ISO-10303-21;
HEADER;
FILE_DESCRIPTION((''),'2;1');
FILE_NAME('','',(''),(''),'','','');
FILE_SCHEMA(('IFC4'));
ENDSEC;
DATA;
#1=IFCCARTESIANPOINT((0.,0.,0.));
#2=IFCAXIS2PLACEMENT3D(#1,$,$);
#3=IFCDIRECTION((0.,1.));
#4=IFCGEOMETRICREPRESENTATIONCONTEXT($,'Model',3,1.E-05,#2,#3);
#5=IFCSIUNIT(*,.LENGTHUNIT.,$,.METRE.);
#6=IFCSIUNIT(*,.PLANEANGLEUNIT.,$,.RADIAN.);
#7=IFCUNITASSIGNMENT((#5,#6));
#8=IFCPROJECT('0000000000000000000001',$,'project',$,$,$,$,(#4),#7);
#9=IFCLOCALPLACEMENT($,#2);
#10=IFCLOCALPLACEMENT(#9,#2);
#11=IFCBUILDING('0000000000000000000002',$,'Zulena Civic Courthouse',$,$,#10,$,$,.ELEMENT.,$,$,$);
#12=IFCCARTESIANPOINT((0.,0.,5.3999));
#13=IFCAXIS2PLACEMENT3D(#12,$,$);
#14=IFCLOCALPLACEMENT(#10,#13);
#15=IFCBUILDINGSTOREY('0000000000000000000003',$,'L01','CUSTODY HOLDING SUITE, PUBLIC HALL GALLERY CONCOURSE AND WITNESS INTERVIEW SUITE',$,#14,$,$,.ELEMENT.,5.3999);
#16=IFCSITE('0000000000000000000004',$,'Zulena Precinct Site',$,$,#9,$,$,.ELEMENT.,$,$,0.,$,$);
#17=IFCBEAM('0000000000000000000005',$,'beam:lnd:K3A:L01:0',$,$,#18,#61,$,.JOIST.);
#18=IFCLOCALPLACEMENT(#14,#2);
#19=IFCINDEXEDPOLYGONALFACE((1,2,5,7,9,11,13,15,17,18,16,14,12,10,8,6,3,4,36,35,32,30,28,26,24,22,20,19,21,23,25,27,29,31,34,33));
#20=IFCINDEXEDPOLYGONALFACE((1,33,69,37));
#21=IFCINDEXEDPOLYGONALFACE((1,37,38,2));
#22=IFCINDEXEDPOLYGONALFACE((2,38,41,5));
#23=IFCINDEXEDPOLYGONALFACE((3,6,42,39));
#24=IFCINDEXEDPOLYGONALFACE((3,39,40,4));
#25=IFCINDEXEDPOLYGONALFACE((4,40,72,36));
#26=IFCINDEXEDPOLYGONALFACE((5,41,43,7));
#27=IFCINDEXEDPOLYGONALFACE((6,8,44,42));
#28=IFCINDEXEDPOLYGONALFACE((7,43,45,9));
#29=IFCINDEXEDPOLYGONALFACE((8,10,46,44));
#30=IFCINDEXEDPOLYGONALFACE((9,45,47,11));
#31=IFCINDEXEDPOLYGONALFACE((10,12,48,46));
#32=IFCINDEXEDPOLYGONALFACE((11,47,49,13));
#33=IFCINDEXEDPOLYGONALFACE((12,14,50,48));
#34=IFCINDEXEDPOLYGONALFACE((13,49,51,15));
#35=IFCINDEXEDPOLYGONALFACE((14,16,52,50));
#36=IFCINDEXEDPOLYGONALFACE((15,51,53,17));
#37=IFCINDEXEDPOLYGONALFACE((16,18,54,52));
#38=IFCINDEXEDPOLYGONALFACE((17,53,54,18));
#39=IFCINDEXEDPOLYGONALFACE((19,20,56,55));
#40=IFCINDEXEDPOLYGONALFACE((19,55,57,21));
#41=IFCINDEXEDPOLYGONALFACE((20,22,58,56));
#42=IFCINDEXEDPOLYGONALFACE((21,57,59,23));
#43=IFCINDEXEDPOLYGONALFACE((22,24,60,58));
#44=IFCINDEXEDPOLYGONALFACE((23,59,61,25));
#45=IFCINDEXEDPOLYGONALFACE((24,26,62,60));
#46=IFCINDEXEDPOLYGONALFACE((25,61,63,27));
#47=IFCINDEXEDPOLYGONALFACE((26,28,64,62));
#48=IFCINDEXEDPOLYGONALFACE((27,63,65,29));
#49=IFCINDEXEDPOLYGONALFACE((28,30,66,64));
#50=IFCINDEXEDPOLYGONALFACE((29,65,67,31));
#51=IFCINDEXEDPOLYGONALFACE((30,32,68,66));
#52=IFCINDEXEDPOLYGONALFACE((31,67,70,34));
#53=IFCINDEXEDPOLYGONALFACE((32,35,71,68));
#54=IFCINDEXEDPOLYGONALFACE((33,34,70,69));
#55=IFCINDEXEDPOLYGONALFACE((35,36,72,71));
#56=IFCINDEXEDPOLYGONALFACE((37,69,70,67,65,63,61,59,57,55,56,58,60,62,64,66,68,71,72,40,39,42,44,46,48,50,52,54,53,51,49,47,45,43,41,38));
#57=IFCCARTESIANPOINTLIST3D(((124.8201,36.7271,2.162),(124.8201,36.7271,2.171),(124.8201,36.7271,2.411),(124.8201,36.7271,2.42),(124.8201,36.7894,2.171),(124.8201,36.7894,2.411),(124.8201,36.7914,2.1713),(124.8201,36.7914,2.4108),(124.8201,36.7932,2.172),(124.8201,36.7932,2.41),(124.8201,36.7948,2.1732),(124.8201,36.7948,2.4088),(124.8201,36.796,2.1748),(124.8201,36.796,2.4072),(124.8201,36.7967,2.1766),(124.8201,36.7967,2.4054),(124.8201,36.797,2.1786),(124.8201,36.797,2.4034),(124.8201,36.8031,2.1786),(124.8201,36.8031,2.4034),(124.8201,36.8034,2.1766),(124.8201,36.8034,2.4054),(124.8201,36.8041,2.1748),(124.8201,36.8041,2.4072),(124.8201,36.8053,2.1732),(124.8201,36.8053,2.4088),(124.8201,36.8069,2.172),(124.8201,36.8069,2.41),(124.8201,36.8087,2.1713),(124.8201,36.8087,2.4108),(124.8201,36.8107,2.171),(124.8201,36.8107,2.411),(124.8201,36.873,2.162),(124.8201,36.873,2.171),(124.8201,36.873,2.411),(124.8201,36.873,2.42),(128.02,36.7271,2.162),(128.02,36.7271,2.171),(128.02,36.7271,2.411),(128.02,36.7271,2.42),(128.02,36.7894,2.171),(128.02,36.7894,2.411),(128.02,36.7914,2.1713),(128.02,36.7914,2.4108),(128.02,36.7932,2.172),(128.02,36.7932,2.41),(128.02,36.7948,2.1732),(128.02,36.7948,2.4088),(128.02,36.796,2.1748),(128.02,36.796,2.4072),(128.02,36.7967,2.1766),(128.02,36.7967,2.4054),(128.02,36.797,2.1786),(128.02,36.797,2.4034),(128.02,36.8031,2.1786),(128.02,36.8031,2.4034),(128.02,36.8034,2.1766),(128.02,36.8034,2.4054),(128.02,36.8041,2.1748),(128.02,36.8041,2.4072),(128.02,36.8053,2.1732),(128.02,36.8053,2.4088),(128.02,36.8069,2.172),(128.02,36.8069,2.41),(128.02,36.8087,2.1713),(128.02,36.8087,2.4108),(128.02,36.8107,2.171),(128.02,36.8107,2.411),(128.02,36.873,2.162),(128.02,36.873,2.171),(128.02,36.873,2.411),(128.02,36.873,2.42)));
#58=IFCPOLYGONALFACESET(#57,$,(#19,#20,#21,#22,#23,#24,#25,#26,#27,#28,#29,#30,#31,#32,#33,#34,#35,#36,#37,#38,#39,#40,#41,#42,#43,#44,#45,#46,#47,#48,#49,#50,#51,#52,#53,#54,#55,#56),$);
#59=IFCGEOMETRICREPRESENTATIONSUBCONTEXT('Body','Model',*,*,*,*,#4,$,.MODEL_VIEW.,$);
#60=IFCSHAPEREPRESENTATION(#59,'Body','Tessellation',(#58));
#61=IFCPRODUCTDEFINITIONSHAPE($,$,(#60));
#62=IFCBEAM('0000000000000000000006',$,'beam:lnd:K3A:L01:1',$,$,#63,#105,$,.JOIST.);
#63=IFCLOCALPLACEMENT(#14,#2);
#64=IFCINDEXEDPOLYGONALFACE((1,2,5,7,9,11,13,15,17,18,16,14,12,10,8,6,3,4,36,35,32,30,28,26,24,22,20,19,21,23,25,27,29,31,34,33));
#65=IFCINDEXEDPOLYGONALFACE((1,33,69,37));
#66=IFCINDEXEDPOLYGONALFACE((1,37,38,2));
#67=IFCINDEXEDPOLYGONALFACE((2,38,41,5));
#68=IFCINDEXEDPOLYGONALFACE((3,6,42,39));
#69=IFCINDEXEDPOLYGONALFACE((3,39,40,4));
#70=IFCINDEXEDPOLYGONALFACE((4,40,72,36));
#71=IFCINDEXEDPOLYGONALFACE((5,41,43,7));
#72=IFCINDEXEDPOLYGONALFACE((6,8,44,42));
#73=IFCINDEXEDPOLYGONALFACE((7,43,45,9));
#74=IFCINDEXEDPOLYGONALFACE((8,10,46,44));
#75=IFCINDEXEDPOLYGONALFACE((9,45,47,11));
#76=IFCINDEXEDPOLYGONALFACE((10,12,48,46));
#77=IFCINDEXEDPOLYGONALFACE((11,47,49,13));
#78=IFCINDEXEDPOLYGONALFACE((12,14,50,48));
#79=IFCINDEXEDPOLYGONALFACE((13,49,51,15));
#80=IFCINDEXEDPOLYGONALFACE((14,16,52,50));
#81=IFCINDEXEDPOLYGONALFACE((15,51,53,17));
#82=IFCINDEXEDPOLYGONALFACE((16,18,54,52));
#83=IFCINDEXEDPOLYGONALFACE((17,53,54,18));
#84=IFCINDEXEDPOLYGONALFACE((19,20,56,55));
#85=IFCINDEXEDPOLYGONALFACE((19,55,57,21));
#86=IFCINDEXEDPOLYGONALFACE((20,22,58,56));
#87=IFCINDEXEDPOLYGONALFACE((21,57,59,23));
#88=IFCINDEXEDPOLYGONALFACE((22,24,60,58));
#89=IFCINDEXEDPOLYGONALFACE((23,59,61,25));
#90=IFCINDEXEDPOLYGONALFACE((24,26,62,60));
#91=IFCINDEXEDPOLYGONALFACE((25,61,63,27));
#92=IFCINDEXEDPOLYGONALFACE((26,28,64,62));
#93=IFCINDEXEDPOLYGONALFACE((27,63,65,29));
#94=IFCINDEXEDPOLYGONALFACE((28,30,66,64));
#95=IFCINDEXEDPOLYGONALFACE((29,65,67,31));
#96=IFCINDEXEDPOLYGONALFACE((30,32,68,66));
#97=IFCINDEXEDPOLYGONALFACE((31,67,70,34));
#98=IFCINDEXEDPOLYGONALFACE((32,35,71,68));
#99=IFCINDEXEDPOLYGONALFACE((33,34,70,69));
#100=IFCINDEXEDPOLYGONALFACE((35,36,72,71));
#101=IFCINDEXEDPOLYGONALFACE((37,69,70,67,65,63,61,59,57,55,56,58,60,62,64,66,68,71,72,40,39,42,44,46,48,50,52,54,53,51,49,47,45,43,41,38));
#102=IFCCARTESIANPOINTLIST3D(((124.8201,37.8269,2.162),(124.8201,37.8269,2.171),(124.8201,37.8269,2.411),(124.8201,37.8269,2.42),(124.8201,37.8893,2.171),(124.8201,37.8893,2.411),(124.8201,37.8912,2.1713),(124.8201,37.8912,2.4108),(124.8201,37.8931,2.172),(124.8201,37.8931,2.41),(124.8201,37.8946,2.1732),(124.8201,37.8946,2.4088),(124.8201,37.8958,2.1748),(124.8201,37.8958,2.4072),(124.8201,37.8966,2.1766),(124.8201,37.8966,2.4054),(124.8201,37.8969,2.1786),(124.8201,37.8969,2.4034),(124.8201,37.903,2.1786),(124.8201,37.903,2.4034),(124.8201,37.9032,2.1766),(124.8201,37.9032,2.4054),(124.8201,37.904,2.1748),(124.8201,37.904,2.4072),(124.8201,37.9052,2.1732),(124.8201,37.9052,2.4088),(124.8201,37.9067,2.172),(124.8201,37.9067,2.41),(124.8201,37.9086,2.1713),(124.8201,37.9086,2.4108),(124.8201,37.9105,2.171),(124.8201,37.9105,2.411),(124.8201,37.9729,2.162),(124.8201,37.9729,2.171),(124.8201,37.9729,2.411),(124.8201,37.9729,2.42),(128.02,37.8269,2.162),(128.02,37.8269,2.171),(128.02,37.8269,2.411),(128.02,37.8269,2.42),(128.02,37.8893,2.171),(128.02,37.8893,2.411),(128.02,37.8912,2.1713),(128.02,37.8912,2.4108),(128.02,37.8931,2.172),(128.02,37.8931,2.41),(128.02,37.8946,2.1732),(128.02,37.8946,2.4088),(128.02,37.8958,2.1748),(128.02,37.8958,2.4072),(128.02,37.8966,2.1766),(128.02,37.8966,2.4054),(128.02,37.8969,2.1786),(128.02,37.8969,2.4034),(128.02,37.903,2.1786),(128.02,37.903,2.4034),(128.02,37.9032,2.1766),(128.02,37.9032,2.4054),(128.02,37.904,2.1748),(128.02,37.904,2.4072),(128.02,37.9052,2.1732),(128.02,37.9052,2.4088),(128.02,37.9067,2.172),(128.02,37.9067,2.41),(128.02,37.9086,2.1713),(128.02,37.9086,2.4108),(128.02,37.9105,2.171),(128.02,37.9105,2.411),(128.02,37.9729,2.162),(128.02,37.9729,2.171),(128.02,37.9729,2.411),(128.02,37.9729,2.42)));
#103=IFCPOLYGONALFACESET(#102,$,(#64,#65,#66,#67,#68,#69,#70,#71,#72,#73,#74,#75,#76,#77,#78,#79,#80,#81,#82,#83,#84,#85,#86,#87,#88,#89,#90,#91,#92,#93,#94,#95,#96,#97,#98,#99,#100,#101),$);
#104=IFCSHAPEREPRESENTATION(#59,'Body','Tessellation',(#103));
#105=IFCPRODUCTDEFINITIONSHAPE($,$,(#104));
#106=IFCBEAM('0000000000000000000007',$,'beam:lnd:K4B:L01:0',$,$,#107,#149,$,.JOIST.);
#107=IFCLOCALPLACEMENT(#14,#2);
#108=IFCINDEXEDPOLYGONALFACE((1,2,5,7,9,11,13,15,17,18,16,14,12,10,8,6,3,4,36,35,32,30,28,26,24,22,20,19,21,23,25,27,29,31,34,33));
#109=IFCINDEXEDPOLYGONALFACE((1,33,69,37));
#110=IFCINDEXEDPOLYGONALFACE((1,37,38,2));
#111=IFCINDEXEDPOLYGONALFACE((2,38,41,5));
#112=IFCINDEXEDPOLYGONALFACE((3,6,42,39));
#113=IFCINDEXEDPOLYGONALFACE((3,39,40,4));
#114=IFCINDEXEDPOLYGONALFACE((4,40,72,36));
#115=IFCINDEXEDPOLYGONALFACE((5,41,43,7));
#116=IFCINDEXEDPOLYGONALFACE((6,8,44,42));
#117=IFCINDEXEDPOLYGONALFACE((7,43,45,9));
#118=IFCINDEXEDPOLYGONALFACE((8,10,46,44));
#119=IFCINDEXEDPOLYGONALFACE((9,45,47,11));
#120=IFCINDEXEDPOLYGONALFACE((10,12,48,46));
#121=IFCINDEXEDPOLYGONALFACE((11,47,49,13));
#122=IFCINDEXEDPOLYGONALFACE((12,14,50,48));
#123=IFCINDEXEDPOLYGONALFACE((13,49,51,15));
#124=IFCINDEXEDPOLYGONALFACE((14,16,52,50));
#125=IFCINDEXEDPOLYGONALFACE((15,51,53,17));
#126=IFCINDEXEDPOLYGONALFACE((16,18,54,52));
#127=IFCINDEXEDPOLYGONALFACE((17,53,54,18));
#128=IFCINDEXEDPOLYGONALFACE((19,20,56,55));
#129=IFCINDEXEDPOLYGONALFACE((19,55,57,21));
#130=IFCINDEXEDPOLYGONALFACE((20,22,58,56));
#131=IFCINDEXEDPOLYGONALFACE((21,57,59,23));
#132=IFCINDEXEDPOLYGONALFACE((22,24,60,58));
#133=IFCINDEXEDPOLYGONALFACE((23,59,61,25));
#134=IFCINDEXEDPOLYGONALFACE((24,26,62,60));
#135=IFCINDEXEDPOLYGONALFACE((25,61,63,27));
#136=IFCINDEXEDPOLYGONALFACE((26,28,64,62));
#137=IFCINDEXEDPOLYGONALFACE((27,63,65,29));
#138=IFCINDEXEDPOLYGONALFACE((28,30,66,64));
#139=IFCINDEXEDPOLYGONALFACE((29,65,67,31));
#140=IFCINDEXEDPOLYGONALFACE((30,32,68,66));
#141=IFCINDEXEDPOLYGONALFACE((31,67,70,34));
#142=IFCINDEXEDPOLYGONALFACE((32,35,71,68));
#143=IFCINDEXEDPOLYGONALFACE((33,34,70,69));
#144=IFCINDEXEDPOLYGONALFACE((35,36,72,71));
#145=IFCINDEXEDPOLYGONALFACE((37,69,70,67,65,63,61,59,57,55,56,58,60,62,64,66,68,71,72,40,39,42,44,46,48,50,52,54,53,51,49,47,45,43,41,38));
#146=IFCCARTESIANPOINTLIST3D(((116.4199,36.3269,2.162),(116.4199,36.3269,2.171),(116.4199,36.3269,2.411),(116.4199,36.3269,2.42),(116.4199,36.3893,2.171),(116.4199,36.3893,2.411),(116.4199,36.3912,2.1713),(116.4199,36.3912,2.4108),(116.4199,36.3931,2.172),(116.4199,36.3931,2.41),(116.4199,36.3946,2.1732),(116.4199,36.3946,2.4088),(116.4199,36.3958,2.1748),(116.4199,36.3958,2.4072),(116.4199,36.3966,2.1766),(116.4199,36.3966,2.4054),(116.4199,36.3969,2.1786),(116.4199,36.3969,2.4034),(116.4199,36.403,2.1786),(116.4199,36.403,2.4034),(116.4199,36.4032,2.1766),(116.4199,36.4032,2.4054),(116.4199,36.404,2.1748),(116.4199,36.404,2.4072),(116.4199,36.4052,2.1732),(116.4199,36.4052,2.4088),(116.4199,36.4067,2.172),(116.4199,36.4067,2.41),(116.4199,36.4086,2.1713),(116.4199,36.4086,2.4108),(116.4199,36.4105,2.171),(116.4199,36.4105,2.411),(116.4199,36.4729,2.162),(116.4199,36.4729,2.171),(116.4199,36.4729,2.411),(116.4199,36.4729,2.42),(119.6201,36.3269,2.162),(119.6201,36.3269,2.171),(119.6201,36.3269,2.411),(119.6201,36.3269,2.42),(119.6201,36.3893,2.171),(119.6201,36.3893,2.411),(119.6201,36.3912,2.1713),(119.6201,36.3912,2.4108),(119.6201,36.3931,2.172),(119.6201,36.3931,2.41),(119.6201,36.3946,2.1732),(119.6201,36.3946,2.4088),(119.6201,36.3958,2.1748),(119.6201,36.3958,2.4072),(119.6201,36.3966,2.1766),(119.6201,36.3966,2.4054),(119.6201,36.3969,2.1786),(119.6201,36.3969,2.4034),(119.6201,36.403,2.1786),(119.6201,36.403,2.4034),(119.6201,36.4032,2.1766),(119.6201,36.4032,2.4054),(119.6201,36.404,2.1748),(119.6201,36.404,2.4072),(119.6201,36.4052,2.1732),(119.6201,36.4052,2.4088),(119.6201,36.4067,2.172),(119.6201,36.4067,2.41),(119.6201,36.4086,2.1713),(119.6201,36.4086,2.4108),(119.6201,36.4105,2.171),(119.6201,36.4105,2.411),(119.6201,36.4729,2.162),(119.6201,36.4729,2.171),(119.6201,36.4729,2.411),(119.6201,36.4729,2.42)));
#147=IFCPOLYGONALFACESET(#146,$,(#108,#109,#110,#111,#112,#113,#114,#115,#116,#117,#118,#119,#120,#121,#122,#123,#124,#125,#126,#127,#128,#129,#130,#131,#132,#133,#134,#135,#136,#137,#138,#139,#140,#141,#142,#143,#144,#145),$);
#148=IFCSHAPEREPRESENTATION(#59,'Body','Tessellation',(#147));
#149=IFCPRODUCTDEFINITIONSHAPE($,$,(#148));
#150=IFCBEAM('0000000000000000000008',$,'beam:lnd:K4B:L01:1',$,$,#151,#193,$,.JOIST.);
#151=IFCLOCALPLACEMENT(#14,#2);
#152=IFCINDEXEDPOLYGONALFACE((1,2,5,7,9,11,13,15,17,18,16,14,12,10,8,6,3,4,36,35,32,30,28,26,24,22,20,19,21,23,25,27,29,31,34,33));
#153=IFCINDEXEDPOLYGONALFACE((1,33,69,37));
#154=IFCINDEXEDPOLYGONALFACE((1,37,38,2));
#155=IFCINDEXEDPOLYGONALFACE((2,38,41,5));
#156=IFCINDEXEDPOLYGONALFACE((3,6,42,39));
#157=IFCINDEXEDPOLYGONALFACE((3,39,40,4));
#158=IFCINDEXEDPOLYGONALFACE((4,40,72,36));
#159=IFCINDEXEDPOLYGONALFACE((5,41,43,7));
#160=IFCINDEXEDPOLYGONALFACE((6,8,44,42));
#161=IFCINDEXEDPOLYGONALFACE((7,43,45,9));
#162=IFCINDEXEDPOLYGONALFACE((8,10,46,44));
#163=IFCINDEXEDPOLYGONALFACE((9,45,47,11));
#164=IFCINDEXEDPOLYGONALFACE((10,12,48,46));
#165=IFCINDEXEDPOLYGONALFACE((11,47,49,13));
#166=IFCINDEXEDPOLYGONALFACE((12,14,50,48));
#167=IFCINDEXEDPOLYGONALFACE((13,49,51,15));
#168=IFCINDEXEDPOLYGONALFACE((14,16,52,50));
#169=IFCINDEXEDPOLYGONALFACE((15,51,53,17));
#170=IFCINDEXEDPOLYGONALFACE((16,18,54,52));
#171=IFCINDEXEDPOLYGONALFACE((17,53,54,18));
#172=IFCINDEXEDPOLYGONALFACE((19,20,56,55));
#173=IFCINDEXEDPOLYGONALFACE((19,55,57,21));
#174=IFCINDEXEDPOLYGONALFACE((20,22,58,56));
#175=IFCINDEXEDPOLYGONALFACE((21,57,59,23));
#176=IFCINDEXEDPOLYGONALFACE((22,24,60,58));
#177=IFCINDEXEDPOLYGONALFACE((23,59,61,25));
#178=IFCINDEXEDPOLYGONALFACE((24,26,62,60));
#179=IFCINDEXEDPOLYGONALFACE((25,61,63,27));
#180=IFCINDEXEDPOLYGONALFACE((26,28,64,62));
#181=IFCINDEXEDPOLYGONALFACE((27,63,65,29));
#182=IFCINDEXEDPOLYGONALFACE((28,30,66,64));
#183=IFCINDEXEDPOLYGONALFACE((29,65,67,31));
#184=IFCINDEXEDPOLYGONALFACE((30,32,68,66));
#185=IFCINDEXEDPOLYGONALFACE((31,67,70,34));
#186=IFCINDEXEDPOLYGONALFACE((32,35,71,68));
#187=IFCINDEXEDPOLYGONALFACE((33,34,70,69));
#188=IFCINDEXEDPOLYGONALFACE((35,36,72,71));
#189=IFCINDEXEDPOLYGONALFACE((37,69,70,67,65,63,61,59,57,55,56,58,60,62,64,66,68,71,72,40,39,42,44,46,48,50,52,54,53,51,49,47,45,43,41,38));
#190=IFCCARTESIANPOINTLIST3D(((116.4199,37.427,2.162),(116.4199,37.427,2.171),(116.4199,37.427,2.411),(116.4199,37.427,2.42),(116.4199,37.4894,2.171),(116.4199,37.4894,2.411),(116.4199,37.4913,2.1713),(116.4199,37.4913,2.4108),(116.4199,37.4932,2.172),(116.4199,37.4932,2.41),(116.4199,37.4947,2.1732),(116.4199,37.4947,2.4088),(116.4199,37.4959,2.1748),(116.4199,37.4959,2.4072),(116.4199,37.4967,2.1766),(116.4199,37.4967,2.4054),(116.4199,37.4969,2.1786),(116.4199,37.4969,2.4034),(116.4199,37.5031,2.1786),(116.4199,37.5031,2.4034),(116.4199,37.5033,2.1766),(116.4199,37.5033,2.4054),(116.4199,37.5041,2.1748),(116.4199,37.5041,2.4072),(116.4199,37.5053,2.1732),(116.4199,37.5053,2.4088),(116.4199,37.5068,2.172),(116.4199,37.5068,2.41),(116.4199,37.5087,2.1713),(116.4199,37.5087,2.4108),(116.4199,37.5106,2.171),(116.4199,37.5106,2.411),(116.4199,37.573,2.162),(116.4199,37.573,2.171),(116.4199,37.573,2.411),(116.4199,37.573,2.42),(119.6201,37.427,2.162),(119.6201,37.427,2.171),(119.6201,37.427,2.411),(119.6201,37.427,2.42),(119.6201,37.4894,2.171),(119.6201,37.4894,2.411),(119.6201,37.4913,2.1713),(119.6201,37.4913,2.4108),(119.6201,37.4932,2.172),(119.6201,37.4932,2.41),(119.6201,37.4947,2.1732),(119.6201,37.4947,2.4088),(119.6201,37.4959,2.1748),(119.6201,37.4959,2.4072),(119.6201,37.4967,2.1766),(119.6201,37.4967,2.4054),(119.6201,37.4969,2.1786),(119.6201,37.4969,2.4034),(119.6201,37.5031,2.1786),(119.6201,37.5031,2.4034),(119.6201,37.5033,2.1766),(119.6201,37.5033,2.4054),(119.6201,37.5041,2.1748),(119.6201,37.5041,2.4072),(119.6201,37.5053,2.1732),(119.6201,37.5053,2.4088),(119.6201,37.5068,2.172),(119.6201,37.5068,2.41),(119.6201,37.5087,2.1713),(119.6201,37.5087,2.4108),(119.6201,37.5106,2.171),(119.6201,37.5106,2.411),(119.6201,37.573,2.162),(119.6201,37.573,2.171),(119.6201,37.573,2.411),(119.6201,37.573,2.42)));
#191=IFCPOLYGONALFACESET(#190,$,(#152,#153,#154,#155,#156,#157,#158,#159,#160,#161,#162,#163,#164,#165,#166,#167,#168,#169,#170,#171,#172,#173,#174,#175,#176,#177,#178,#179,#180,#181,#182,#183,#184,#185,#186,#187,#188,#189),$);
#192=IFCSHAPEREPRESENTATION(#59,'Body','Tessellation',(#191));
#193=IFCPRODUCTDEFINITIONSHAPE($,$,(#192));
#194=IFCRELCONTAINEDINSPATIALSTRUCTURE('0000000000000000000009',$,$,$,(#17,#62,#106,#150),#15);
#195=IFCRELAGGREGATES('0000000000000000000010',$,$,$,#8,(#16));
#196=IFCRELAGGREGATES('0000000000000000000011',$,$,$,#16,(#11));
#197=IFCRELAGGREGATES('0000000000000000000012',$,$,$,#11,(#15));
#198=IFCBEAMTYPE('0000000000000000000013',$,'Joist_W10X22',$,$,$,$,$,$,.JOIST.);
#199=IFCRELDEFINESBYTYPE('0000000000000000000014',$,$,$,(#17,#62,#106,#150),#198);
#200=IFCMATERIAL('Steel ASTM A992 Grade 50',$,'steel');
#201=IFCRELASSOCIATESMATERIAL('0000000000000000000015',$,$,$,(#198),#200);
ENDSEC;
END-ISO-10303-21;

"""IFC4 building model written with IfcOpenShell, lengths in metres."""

from ifc_helpers import new_model, si_unit, direction, frame, origin, origin_2d, place, context, subcontext, project, spatial, i_section, extrude, material, material_profile, profile_set, type_object, element, save


model = new_model("IFC4")

# Units and contexts
model_context = context("Model", 3, precision=1e-05, world=origin(), true_north=direction((0.0, 1.0)))
body_context = subcontext(model_context, "Body", "Model", "MODEL_VIEW")
ifc_project = project(units=[si_unit("LENGTHUNIT", "METRE"), si_unit("PLANEANGLEUNIT", "RADIAN")], contexts=[model_context])

# Site, building, storey
site_placement = place(None, origin())
site = spatial("IfcSite", under=ifc_project, at=site_placement, Name="Zulena Precinct Site", CompositionType="ELEMENT", RefElevation=0.0)
building_placement = place(site_placement, origin())
building = spatial("IfcBuilding", under=site, at=building_placement, Name="Zulena Civic Courthouse", CompositionType="ELEMENT")
storey_placement = place(building_placement, frame((0.0, 0.0, 5.3999)))
storey = spatial("IfcBuildingStorey", under=building, at=storey_placement, Name="L01", Description="CUSTODY HOLDING SUITE, PUBLIC HALL GALLERY CONCOURSE AND WITNESS INTERVIEW SUITE", CompositionType="ELEMENT", Elevation=5.3999)

# Shared definitions
ifc_material_1 = material(Name="Steel ASTM A992 Grade 50", Category="steel")

# Beams
ifc_material_profile_1 = material_profile(ifc_material_1, i_section(OverallWidth=0.146, OverallDepth=0.2581, WebThickness=0.0061, FlangeThickness=0.009, FilletRadius=0.0076, at=origin_2d()), Name="W10X22")
ifc_profile_set_1 = profile_set([ifc_material_profile_1], Name="Steel ASTM A992 Grade 50")
beam_type_1 = type_object("IfcBeamType", Name="Joist_W10X22", PredefinedType="JOIST", material=ifc_profile_set_1)
for number, where, z_axis, x_axis, name in (
    (1, (124.8201, 36.8, 2.291), (1.0, 0.0, 0.0), (0.0, 1.0, 0.0), "beam:lnd:K3A:L01:0"),
    (2, (124.8201, 37.8999, 2.291), (1.0, 0.0, 0.0), (0.0, 1.0, 0.0), "beam:lnd:K3A:L01:1"),
):
    element("IfcBeam", number, at=place(storey_placement, frame(where, z_axis=z_axis, x_axis=x_axis)), inside=storey, type_object=beam_type_1, Name=name, PredefinedType="JOIST", context=body_context, shape_type="SweptSolid", body=[
        extrude(i_section(OverallWidth=0.146, OverallDepth=0.2581, WebThickness=0.0061, FlangeThickness=0.009, FilletRadius=0.0076, at=origin_2d()), origin(), (0.0, 0.0, 1.0), 3.2),
    ])
for number, where, z_axis, x_axis, name in (
    (3, (116.4199, 36.3999, 2.291), (1.0, 0.0, 0.0), (0.0, 1.0, 0.0), "beam:lnd:K4B:L01:0"),
    (4, (116.4199, 37.5, 2.291), (1.0, 0.0, 0.0), (0.0, 1.0, 0.0), "beam:lnd:K4B:L01:1"),
):
    element("IfcBeam", number, at=place(storey_placement, frame(where, z_axis=z_axis, x_axis=x_axis)), inside=storey, type_object=beam_type_1, Name=name, PredefinedType="JOIST", context=body_context, shape_type="SweptSolid", body=[
        extrude(i_section(OverallWidth=0.146, OverallDepth=0.2581, WebThickness=0.0061, FlangeThickness=0.009, FilletRadius=0.0076, at=origin_2d()), origin(), (0.0, 0.0, 1.0), 3.2002),
    ])

save(model, "model.ifc")
